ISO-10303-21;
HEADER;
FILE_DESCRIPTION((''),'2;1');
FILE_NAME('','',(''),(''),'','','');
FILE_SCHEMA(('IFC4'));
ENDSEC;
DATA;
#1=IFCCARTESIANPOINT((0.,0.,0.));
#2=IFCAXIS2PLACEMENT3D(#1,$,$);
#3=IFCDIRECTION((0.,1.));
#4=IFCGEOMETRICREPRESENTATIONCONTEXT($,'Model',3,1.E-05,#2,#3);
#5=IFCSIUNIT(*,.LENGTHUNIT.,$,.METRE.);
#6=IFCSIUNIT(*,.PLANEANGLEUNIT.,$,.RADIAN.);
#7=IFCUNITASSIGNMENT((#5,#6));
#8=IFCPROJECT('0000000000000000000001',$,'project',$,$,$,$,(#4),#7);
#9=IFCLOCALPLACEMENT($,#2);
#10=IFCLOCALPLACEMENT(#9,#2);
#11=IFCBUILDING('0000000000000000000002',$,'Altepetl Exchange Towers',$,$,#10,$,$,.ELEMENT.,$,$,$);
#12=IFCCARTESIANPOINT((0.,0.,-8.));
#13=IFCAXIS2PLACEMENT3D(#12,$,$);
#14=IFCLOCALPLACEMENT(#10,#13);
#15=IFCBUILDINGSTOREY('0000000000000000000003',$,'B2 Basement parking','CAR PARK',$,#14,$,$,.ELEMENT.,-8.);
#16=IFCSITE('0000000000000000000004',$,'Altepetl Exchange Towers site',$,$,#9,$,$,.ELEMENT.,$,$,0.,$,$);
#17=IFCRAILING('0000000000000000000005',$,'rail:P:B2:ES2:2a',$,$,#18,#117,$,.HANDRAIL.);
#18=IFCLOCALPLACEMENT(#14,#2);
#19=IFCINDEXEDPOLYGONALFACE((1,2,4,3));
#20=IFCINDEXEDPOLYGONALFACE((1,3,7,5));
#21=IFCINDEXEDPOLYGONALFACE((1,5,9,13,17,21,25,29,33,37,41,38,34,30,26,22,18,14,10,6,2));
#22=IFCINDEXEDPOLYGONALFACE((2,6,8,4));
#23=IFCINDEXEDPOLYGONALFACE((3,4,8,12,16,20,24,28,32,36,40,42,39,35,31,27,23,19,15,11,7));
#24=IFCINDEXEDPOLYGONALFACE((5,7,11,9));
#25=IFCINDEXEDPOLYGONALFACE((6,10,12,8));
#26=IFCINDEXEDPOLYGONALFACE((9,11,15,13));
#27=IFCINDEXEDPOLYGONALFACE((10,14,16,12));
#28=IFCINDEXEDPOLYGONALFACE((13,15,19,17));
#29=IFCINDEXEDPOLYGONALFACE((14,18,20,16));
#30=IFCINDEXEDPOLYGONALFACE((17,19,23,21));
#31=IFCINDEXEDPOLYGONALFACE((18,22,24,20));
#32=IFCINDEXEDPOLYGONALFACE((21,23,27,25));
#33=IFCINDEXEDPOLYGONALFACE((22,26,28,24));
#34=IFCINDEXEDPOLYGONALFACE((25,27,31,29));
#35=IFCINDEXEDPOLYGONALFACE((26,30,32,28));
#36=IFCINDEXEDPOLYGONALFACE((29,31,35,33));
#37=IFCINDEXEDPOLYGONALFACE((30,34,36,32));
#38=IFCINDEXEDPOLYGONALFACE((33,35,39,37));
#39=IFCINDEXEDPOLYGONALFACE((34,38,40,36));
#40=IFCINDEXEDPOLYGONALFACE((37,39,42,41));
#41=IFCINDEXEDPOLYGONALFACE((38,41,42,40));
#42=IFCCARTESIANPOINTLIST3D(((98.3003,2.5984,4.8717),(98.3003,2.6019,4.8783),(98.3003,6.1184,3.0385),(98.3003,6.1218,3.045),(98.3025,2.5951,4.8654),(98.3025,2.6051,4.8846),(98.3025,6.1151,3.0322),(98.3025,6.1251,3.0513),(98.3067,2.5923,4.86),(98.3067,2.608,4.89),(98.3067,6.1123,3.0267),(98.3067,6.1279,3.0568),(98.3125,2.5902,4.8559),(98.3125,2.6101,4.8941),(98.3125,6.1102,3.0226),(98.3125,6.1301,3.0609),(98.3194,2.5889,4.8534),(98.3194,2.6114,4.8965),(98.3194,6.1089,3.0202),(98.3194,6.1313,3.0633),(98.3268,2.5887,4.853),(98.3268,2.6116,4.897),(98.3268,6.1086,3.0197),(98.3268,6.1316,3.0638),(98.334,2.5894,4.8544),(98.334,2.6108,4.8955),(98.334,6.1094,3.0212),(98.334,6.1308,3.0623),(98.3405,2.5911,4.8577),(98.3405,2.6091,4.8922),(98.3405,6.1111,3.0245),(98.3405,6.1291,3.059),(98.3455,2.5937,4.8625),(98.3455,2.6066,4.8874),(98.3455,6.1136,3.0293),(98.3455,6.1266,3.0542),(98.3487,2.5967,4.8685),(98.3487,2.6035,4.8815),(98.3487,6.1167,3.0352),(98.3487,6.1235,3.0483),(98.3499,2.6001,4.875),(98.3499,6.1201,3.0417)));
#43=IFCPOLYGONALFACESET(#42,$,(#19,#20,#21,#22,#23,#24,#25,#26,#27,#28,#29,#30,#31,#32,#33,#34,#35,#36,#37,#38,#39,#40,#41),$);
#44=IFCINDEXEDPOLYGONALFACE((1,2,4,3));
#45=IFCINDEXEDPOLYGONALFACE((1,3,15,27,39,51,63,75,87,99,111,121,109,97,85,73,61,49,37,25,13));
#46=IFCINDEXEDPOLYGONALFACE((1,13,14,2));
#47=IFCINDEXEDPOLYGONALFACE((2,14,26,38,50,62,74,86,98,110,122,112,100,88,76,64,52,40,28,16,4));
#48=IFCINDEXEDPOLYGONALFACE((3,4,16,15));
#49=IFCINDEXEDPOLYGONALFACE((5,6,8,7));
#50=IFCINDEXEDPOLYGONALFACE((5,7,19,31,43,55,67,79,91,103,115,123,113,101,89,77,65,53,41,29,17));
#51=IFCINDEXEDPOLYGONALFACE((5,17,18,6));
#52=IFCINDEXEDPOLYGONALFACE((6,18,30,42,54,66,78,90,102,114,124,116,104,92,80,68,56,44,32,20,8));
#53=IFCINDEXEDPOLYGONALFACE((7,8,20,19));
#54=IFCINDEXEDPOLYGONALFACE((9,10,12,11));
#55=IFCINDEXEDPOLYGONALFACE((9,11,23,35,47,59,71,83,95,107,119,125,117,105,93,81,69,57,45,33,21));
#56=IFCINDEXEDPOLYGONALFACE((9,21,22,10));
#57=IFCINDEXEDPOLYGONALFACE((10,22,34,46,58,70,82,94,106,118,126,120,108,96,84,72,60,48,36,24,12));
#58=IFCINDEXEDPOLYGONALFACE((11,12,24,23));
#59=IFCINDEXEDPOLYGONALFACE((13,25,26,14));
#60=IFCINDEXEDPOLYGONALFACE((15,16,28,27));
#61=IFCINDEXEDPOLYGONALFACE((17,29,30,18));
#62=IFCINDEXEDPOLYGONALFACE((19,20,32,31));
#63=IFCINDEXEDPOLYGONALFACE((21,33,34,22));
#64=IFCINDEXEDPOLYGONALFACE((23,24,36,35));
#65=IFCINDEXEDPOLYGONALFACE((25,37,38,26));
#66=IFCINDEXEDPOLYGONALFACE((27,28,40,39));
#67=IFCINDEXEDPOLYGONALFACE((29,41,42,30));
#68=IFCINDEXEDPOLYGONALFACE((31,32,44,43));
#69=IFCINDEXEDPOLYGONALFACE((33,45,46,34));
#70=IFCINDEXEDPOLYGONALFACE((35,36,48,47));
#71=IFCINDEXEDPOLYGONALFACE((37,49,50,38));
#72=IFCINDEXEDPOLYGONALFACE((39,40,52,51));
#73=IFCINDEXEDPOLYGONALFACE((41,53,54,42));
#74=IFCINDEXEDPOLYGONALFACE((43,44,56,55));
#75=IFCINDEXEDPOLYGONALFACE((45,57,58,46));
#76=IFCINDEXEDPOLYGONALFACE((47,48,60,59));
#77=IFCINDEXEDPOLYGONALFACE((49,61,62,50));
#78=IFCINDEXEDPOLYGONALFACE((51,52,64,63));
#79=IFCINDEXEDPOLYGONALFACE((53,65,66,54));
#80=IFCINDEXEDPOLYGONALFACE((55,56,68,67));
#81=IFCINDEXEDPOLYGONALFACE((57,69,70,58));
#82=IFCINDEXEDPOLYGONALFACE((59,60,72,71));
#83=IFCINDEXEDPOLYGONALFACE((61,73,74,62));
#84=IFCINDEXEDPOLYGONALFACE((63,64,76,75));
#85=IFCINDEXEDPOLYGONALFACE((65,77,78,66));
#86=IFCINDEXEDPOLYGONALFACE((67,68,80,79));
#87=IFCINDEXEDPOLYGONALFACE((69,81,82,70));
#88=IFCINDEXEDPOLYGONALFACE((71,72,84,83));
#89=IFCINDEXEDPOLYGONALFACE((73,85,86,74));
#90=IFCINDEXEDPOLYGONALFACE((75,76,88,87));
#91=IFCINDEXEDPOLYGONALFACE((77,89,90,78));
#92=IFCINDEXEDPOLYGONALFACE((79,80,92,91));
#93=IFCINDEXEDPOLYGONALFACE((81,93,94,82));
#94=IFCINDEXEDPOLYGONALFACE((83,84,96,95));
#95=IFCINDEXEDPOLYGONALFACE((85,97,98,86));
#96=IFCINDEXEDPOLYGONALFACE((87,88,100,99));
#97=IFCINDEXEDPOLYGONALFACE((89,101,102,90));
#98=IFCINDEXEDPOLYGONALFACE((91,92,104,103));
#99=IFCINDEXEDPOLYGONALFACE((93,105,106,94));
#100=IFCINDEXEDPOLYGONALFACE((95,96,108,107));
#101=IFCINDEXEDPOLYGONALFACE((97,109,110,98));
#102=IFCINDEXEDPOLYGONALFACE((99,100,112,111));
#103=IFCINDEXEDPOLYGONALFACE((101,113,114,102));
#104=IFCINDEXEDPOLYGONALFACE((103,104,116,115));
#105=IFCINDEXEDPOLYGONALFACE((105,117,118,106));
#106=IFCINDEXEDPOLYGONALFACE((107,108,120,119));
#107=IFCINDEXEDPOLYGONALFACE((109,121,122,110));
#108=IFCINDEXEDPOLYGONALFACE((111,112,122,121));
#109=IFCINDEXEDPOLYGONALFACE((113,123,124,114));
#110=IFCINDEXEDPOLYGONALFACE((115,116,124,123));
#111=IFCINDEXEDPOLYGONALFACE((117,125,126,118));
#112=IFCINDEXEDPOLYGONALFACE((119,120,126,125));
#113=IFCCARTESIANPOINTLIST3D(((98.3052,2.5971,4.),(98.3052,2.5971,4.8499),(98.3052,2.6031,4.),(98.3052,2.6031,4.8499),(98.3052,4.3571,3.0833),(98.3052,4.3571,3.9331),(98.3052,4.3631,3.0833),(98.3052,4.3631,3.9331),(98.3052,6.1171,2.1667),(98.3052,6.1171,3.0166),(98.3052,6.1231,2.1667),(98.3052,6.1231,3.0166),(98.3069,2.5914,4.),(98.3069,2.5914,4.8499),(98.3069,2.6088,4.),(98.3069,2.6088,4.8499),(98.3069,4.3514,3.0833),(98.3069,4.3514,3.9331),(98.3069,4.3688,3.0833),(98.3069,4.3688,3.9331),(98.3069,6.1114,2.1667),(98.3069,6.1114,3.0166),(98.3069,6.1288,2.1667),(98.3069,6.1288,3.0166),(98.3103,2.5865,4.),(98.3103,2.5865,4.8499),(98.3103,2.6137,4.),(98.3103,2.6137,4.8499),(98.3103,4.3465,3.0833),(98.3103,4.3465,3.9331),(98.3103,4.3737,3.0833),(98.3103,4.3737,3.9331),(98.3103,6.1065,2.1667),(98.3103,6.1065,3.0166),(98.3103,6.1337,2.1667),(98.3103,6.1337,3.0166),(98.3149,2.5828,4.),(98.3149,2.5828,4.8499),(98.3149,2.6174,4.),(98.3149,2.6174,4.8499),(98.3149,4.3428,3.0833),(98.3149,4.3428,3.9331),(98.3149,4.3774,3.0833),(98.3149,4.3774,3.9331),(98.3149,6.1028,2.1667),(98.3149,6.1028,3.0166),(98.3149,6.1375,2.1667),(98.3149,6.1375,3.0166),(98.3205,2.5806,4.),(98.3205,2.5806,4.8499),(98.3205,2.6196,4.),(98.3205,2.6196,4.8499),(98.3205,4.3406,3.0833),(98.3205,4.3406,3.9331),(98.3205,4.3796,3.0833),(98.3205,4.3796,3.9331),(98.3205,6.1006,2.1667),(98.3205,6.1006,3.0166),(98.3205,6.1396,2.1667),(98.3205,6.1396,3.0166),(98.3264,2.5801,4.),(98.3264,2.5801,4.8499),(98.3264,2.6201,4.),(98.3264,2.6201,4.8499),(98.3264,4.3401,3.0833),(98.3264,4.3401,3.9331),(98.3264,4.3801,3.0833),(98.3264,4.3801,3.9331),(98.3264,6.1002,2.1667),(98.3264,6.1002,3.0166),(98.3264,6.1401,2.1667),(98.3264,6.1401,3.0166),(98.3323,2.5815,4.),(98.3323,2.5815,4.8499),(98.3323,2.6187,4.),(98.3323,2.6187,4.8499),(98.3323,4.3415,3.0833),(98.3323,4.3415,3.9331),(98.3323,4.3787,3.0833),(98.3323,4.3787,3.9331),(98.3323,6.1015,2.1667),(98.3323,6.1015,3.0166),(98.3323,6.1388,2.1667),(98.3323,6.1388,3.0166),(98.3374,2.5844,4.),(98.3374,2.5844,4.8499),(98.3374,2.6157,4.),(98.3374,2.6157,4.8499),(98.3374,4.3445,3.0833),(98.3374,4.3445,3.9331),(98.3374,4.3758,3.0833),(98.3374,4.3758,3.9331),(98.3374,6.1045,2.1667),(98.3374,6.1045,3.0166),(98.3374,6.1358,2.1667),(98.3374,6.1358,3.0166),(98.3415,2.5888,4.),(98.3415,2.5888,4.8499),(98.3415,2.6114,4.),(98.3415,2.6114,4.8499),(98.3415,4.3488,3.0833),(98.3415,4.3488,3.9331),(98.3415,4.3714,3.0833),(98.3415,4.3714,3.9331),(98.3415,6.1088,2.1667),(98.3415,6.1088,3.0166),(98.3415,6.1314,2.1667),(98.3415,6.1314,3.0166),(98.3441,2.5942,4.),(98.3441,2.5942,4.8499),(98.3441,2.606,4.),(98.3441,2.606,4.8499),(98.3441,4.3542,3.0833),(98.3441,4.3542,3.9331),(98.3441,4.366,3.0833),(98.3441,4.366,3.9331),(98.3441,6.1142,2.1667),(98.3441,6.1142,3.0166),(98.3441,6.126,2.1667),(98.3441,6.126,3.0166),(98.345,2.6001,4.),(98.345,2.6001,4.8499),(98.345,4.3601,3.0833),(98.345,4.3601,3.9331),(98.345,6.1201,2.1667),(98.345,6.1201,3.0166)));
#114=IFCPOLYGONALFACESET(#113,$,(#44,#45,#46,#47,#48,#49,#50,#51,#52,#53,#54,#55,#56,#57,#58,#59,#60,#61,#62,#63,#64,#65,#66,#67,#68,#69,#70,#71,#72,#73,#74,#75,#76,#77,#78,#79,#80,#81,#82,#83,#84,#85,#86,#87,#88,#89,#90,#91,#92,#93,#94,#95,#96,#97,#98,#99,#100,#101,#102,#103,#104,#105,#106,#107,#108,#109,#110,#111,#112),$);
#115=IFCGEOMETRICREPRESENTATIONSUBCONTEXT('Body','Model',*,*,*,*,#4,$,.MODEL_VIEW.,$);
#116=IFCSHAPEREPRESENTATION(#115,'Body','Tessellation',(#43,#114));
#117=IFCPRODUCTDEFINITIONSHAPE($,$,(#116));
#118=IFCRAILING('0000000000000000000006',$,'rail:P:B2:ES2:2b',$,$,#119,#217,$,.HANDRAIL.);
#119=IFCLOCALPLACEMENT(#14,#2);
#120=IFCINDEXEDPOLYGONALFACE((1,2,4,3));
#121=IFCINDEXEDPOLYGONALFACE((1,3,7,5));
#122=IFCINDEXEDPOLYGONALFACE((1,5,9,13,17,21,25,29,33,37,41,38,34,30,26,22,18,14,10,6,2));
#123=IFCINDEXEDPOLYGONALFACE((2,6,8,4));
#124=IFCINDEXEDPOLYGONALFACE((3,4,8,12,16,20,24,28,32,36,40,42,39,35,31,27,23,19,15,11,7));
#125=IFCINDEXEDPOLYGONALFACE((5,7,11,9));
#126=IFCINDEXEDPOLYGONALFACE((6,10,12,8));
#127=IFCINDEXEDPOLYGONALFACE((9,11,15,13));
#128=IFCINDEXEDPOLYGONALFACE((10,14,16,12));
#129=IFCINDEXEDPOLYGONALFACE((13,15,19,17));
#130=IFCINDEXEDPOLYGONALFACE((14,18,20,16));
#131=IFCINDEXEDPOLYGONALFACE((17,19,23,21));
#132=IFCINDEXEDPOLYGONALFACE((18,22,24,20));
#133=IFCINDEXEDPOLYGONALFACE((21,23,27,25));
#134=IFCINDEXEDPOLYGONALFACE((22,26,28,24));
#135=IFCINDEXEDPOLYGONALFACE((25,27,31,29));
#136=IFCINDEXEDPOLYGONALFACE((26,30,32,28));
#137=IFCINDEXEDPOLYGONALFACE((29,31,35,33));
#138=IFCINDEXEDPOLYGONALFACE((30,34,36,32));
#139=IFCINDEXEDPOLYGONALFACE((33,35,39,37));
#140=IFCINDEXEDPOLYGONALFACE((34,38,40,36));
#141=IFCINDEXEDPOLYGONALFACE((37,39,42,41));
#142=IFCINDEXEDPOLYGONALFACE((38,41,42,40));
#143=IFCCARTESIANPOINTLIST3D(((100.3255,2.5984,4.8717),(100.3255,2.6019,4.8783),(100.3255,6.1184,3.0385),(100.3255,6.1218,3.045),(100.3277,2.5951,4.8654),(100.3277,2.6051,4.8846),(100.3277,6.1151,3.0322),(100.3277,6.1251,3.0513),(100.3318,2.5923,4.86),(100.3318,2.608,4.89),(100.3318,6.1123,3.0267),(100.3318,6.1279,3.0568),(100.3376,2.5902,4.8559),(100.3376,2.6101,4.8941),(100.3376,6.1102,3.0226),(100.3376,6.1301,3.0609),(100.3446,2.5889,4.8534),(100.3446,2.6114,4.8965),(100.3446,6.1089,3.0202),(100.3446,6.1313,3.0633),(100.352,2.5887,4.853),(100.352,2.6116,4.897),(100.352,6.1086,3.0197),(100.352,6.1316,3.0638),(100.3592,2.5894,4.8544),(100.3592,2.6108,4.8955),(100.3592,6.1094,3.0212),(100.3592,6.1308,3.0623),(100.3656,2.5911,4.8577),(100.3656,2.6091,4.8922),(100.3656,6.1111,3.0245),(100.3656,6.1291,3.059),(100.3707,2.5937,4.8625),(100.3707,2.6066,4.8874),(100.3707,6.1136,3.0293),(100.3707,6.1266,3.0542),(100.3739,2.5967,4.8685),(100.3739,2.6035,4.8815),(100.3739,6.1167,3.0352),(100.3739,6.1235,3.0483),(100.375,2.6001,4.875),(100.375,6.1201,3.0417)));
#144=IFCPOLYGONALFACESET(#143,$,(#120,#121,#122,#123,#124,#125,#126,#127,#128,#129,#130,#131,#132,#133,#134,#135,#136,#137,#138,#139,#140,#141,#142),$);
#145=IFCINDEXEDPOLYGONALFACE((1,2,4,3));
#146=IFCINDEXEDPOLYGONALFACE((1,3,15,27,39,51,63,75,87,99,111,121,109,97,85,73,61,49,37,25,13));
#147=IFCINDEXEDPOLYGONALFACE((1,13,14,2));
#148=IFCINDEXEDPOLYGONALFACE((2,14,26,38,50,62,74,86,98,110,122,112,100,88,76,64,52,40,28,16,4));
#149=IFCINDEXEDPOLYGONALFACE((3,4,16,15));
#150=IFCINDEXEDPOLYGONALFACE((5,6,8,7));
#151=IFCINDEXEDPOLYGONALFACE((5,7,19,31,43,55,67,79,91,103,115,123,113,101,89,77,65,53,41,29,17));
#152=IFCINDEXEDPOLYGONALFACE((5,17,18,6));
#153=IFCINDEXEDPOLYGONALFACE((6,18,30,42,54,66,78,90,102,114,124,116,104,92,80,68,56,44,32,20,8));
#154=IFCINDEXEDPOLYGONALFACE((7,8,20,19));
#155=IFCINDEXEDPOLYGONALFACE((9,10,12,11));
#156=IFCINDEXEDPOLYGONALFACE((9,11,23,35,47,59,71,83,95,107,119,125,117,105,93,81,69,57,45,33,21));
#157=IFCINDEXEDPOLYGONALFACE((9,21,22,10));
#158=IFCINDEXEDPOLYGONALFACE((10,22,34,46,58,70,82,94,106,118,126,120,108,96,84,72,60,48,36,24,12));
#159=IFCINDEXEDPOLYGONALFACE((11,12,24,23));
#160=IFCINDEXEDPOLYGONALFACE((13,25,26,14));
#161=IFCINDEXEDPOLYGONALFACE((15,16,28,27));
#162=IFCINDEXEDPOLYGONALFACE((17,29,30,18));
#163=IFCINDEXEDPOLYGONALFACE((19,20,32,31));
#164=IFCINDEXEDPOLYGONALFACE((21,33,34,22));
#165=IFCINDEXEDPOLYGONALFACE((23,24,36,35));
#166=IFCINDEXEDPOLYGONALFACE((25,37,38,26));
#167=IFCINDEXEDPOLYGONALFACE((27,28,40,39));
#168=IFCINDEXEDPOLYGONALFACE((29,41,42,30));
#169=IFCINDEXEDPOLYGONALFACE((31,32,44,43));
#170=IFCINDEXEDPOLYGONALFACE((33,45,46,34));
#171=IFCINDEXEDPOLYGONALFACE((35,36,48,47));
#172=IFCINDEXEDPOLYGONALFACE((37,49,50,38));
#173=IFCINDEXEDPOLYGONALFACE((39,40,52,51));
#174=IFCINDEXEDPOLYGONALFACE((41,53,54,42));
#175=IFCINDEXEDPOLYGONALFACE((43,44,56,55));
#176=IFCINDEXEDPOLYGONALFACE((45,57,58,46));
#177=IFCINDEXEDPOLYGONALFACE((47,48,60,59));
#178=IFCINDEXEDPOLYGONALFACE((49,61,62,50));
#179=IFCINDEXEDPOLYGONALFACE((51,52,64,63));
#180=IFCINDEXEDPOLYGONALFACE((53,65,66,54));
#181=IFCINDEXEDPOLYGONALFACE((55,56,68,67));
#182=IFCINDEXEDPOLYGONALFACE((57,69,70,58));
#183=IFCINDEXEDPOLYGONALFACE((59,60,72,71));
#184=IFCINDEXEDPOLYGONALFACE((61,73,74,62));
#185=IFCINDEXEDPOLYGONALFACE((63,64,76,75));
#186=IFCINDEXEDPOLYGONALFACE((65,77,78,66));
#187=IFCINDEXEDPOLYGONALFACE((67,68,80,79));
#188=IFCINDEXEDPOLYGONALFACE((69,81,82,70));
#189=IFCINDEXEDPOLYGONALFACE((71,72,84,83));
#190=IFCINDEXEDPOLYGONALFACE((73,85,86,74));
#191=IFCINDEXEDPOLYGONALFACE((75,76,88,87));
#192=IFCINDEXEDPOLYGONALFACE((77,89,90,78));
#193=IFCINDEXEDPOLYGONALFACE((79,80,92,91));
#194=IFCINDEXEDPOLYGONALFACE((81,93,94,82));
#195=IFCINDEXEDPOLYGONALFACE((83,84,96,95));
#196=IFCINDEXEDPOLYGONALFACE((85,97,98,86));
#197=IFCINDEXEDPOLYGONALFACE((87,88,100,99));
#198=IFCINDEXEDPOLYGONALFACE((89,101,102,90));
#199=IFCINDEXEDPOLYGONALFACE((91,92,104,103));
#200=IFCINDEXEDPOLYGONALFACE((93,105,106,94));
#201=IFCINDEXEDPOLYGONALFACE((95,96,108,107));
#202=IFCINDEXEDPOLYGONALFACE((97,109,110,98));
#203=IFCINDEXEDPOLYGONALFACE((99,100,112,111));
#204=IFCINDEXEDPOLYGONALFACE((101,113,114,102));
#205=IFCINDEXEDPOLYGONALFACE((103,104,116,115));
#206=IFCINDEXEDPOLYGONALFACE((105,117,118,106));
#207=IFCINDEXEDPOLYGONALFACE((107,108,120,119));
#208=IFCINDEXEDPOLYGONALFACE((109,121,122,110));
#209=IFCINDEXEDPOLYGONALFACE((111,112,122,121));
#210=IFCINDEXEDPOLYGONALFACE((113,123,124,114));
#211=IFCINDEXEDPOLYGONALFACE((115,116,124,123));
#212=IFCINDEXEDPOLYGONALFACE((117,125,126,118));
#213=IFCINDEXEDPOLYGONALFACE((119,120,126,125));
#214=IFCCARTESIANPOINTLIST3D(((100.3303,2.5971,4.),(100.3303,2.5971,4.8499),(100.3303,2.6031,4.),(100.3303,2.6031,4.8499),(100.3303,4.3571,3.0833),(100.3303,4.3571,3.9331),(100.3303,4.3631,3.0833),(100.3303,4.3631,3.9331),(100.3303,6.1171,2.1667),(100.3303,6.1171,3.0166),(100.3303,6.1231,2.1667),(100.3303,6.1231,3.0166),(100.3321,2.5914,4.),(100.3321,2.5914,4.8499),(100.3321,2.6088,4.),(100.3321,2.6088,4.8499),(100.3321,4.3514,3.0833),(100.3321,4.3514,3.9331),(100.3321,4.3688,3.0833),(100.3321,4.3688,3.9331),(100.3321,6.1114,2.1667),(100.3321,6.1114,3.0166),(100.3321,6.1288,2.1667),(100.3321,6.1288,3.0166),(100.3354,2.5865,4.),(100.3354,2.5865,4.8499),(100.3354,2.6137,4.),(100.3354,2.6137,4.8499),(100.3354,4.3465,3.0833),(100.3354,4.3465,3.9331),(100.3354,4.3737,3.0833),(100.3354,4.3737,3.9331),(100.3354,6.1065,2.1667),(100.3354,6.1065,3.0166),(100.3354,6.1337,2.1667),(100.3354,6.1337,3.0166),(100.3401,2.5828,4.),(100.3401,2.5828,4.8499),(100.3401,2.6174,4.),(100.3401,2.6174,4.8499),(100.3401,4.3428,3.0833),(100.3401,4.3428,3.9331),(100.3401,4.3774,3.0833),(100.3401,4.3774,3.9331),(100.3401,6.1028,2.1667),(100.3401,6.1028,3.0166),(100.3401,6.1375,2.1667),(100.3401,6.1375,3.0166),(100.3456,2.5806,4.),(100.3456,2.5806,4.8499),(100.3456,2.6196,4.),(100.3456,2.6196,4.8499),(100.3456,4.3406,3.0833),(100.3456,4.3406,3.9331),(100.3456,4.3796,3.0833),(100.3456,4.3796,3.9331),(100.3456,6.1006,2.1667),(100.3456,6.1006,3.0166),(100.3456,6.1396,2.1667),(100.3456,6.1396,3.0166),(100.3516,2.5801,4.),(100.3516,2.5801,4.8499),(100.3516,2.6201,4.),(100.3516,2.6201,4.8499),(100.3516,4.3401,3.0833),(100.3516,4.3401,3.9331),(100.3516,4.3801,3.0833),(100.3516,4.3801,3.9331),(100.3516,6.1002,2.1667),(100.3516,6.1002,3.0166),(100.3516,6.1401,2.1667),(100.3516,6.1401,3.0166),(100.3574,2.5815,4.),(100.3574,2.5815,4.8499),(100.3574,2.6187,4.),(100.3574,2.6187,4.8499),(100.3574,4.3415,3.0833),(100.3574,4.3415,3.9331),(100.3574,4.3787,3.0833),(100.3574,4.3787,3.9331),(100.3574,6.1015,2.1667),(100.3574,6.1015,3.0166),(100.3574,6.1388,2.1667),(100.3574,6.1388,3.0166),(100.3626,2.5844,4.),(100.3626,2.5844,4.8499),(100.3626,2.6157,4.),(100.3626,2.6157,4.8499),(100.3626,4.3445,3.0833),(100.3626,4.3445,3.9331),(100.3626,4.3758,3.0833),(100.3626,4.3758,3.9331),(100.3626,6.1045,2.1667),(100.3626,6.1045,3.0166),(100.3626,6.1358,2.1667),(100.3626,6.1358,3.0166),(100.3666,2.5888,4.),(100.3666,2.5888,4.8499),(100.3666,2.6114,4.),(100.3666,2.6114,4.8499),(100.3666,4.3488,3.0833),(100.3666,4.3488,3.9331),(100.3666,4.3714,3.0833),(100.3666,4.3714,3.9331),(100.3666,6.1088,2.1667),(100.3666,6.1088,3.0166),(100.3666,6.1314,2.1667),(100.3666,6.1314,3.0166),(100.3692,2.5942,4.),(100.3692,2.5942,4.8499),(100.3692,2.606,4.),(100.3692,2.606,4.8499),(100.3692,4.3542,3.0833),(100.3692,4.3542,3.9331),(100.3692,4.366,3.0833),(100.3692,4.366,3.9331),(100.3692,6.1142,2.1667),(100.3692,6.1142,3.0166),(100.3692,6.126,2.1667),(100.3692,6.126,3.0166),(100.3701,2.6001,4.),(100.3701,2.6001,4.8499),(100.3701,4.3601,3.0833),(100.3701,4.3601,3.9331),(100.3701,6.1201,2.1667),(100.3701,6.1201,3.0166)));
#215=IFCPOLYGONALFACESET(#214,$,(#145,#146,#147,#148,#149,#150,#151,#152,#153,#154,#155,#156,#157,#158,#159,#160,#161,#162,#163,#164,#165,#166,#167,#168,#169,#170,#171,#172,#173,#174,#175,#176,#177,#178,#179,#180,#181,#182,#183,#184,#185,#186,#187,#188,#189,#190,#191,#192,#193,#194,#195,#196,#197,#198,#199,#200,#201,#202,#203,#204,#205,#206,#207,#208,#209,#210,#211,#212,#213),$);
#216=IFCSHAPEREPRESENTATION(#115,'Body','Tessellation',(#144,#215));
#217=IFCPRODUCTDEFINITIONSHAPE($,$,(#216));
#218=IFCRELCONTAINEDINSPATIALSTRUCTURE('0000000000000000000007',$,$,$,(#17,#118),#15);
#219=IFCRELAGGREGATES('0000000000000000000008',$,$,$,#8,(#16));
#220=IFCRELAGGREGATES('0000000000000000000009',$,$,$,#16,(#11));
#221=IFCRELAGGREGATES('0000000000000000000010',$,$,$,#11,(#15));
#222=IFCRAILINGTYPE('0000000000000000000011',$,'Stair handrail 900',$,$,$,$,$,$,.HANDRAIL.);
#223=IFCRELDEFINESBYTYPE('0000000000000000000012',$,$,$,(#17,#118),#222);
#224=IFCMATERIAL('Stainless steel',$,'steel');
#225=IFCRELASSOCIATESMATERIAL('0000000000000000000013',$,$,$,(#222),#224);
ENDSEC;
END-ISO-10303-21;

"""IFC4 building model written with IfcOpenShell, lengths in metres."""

from ifc_helpers import new_model, si_unit, direction, frame, origin, origin_2d, place, context, subcontext, project, spatial, circle, extrude, source, transform, mapped, material, type_object, element, save


model = new_model("IFC4")

# Units and contexts
model_context = context("Model", 3, precision=1e-05, world=origin(), true_north=direction((0.0, 1.0)))
body_context = subcontext(model_context, "Body", "Model", "MODEL_VIEW")
ifc_project = project(units=[si_unit("LENGTHUNIT", "METRE"), si_unit("PLANEANGLEUNIT", "RADIAN")], contexts=[model_context])

# Site, building, storey
site_placement = place(None, origin())
site = spatial("IfcSite", under=ifc_project, at=site_placement, Name="Altepetl Exchange Towers site", CompositionType="ELEMENT", RefElevation=0.0)
building_placement = place(site_placement, origin())
building = spatial("IfcBuilding", under=site, at=building_placement, Name="Altepetl Exchange Towers", CompositionType="ELEMENT")
storey_placement = place(building_placement, frame((0.0, 0.0, -8.0)))
storey = spatial("IfcBuildingStorey", under=building, at=storey_placement, Name="B2 Basement parking", Description="CAR PARK", CompositionType="ELEMENT", Elevation=-8.0)

# Railings
ifc_material_1 = material(Name="Stainless steel", Category="steel")
railing_type_1 = type_object("IfcRailingType", Name="Stair handrail 900", PredefinedType="HANDRAIL", material=ifc_material_1)
shared_shape_1 = source(origin(), body_context, "Body", "SweptSolid", [
    extrude(circle(Radius=0.02, at=origin_2d()), origin(), (0.0, 0.0, 1.0), 0.8499),
])
for number, where, name in (
    (1, (98.325, 6.1201, 2.1667), "rail:P:B2:ES2:2a"),
    (2, (100.3501, 6.1201, 2.1667), "rail:P:B2:ES2:2b"),
):
    element("IfcRailing", number, at=place(storey_placement, frame(where)), inside=storey, type_object=railing_type_1, Name=name, PredefinedType="HANDRAIL", context=body_context, shape_type="SweptSolid", body=[
        extrude(circle(Radius=0.0249, at=origin_2d()), frame((0.0, 0.0, 0.875), z_axis=(0.0, -0.886924, 0.461916), x_axis=(1.0, 0.0, 0.0)), (0.0, 0.0, 1.0), 3.9688),
        mapped(shared_shape_1, transform((0.0, 0.0, 0.0))),
        mapped(shared_shape_1, transform((0.0, -1.76, 0.9165))),
        mapped(shared_shape_1, transform((0.0, -3.52, 1.8333))),
    ])

save(model, "model.ifc")
